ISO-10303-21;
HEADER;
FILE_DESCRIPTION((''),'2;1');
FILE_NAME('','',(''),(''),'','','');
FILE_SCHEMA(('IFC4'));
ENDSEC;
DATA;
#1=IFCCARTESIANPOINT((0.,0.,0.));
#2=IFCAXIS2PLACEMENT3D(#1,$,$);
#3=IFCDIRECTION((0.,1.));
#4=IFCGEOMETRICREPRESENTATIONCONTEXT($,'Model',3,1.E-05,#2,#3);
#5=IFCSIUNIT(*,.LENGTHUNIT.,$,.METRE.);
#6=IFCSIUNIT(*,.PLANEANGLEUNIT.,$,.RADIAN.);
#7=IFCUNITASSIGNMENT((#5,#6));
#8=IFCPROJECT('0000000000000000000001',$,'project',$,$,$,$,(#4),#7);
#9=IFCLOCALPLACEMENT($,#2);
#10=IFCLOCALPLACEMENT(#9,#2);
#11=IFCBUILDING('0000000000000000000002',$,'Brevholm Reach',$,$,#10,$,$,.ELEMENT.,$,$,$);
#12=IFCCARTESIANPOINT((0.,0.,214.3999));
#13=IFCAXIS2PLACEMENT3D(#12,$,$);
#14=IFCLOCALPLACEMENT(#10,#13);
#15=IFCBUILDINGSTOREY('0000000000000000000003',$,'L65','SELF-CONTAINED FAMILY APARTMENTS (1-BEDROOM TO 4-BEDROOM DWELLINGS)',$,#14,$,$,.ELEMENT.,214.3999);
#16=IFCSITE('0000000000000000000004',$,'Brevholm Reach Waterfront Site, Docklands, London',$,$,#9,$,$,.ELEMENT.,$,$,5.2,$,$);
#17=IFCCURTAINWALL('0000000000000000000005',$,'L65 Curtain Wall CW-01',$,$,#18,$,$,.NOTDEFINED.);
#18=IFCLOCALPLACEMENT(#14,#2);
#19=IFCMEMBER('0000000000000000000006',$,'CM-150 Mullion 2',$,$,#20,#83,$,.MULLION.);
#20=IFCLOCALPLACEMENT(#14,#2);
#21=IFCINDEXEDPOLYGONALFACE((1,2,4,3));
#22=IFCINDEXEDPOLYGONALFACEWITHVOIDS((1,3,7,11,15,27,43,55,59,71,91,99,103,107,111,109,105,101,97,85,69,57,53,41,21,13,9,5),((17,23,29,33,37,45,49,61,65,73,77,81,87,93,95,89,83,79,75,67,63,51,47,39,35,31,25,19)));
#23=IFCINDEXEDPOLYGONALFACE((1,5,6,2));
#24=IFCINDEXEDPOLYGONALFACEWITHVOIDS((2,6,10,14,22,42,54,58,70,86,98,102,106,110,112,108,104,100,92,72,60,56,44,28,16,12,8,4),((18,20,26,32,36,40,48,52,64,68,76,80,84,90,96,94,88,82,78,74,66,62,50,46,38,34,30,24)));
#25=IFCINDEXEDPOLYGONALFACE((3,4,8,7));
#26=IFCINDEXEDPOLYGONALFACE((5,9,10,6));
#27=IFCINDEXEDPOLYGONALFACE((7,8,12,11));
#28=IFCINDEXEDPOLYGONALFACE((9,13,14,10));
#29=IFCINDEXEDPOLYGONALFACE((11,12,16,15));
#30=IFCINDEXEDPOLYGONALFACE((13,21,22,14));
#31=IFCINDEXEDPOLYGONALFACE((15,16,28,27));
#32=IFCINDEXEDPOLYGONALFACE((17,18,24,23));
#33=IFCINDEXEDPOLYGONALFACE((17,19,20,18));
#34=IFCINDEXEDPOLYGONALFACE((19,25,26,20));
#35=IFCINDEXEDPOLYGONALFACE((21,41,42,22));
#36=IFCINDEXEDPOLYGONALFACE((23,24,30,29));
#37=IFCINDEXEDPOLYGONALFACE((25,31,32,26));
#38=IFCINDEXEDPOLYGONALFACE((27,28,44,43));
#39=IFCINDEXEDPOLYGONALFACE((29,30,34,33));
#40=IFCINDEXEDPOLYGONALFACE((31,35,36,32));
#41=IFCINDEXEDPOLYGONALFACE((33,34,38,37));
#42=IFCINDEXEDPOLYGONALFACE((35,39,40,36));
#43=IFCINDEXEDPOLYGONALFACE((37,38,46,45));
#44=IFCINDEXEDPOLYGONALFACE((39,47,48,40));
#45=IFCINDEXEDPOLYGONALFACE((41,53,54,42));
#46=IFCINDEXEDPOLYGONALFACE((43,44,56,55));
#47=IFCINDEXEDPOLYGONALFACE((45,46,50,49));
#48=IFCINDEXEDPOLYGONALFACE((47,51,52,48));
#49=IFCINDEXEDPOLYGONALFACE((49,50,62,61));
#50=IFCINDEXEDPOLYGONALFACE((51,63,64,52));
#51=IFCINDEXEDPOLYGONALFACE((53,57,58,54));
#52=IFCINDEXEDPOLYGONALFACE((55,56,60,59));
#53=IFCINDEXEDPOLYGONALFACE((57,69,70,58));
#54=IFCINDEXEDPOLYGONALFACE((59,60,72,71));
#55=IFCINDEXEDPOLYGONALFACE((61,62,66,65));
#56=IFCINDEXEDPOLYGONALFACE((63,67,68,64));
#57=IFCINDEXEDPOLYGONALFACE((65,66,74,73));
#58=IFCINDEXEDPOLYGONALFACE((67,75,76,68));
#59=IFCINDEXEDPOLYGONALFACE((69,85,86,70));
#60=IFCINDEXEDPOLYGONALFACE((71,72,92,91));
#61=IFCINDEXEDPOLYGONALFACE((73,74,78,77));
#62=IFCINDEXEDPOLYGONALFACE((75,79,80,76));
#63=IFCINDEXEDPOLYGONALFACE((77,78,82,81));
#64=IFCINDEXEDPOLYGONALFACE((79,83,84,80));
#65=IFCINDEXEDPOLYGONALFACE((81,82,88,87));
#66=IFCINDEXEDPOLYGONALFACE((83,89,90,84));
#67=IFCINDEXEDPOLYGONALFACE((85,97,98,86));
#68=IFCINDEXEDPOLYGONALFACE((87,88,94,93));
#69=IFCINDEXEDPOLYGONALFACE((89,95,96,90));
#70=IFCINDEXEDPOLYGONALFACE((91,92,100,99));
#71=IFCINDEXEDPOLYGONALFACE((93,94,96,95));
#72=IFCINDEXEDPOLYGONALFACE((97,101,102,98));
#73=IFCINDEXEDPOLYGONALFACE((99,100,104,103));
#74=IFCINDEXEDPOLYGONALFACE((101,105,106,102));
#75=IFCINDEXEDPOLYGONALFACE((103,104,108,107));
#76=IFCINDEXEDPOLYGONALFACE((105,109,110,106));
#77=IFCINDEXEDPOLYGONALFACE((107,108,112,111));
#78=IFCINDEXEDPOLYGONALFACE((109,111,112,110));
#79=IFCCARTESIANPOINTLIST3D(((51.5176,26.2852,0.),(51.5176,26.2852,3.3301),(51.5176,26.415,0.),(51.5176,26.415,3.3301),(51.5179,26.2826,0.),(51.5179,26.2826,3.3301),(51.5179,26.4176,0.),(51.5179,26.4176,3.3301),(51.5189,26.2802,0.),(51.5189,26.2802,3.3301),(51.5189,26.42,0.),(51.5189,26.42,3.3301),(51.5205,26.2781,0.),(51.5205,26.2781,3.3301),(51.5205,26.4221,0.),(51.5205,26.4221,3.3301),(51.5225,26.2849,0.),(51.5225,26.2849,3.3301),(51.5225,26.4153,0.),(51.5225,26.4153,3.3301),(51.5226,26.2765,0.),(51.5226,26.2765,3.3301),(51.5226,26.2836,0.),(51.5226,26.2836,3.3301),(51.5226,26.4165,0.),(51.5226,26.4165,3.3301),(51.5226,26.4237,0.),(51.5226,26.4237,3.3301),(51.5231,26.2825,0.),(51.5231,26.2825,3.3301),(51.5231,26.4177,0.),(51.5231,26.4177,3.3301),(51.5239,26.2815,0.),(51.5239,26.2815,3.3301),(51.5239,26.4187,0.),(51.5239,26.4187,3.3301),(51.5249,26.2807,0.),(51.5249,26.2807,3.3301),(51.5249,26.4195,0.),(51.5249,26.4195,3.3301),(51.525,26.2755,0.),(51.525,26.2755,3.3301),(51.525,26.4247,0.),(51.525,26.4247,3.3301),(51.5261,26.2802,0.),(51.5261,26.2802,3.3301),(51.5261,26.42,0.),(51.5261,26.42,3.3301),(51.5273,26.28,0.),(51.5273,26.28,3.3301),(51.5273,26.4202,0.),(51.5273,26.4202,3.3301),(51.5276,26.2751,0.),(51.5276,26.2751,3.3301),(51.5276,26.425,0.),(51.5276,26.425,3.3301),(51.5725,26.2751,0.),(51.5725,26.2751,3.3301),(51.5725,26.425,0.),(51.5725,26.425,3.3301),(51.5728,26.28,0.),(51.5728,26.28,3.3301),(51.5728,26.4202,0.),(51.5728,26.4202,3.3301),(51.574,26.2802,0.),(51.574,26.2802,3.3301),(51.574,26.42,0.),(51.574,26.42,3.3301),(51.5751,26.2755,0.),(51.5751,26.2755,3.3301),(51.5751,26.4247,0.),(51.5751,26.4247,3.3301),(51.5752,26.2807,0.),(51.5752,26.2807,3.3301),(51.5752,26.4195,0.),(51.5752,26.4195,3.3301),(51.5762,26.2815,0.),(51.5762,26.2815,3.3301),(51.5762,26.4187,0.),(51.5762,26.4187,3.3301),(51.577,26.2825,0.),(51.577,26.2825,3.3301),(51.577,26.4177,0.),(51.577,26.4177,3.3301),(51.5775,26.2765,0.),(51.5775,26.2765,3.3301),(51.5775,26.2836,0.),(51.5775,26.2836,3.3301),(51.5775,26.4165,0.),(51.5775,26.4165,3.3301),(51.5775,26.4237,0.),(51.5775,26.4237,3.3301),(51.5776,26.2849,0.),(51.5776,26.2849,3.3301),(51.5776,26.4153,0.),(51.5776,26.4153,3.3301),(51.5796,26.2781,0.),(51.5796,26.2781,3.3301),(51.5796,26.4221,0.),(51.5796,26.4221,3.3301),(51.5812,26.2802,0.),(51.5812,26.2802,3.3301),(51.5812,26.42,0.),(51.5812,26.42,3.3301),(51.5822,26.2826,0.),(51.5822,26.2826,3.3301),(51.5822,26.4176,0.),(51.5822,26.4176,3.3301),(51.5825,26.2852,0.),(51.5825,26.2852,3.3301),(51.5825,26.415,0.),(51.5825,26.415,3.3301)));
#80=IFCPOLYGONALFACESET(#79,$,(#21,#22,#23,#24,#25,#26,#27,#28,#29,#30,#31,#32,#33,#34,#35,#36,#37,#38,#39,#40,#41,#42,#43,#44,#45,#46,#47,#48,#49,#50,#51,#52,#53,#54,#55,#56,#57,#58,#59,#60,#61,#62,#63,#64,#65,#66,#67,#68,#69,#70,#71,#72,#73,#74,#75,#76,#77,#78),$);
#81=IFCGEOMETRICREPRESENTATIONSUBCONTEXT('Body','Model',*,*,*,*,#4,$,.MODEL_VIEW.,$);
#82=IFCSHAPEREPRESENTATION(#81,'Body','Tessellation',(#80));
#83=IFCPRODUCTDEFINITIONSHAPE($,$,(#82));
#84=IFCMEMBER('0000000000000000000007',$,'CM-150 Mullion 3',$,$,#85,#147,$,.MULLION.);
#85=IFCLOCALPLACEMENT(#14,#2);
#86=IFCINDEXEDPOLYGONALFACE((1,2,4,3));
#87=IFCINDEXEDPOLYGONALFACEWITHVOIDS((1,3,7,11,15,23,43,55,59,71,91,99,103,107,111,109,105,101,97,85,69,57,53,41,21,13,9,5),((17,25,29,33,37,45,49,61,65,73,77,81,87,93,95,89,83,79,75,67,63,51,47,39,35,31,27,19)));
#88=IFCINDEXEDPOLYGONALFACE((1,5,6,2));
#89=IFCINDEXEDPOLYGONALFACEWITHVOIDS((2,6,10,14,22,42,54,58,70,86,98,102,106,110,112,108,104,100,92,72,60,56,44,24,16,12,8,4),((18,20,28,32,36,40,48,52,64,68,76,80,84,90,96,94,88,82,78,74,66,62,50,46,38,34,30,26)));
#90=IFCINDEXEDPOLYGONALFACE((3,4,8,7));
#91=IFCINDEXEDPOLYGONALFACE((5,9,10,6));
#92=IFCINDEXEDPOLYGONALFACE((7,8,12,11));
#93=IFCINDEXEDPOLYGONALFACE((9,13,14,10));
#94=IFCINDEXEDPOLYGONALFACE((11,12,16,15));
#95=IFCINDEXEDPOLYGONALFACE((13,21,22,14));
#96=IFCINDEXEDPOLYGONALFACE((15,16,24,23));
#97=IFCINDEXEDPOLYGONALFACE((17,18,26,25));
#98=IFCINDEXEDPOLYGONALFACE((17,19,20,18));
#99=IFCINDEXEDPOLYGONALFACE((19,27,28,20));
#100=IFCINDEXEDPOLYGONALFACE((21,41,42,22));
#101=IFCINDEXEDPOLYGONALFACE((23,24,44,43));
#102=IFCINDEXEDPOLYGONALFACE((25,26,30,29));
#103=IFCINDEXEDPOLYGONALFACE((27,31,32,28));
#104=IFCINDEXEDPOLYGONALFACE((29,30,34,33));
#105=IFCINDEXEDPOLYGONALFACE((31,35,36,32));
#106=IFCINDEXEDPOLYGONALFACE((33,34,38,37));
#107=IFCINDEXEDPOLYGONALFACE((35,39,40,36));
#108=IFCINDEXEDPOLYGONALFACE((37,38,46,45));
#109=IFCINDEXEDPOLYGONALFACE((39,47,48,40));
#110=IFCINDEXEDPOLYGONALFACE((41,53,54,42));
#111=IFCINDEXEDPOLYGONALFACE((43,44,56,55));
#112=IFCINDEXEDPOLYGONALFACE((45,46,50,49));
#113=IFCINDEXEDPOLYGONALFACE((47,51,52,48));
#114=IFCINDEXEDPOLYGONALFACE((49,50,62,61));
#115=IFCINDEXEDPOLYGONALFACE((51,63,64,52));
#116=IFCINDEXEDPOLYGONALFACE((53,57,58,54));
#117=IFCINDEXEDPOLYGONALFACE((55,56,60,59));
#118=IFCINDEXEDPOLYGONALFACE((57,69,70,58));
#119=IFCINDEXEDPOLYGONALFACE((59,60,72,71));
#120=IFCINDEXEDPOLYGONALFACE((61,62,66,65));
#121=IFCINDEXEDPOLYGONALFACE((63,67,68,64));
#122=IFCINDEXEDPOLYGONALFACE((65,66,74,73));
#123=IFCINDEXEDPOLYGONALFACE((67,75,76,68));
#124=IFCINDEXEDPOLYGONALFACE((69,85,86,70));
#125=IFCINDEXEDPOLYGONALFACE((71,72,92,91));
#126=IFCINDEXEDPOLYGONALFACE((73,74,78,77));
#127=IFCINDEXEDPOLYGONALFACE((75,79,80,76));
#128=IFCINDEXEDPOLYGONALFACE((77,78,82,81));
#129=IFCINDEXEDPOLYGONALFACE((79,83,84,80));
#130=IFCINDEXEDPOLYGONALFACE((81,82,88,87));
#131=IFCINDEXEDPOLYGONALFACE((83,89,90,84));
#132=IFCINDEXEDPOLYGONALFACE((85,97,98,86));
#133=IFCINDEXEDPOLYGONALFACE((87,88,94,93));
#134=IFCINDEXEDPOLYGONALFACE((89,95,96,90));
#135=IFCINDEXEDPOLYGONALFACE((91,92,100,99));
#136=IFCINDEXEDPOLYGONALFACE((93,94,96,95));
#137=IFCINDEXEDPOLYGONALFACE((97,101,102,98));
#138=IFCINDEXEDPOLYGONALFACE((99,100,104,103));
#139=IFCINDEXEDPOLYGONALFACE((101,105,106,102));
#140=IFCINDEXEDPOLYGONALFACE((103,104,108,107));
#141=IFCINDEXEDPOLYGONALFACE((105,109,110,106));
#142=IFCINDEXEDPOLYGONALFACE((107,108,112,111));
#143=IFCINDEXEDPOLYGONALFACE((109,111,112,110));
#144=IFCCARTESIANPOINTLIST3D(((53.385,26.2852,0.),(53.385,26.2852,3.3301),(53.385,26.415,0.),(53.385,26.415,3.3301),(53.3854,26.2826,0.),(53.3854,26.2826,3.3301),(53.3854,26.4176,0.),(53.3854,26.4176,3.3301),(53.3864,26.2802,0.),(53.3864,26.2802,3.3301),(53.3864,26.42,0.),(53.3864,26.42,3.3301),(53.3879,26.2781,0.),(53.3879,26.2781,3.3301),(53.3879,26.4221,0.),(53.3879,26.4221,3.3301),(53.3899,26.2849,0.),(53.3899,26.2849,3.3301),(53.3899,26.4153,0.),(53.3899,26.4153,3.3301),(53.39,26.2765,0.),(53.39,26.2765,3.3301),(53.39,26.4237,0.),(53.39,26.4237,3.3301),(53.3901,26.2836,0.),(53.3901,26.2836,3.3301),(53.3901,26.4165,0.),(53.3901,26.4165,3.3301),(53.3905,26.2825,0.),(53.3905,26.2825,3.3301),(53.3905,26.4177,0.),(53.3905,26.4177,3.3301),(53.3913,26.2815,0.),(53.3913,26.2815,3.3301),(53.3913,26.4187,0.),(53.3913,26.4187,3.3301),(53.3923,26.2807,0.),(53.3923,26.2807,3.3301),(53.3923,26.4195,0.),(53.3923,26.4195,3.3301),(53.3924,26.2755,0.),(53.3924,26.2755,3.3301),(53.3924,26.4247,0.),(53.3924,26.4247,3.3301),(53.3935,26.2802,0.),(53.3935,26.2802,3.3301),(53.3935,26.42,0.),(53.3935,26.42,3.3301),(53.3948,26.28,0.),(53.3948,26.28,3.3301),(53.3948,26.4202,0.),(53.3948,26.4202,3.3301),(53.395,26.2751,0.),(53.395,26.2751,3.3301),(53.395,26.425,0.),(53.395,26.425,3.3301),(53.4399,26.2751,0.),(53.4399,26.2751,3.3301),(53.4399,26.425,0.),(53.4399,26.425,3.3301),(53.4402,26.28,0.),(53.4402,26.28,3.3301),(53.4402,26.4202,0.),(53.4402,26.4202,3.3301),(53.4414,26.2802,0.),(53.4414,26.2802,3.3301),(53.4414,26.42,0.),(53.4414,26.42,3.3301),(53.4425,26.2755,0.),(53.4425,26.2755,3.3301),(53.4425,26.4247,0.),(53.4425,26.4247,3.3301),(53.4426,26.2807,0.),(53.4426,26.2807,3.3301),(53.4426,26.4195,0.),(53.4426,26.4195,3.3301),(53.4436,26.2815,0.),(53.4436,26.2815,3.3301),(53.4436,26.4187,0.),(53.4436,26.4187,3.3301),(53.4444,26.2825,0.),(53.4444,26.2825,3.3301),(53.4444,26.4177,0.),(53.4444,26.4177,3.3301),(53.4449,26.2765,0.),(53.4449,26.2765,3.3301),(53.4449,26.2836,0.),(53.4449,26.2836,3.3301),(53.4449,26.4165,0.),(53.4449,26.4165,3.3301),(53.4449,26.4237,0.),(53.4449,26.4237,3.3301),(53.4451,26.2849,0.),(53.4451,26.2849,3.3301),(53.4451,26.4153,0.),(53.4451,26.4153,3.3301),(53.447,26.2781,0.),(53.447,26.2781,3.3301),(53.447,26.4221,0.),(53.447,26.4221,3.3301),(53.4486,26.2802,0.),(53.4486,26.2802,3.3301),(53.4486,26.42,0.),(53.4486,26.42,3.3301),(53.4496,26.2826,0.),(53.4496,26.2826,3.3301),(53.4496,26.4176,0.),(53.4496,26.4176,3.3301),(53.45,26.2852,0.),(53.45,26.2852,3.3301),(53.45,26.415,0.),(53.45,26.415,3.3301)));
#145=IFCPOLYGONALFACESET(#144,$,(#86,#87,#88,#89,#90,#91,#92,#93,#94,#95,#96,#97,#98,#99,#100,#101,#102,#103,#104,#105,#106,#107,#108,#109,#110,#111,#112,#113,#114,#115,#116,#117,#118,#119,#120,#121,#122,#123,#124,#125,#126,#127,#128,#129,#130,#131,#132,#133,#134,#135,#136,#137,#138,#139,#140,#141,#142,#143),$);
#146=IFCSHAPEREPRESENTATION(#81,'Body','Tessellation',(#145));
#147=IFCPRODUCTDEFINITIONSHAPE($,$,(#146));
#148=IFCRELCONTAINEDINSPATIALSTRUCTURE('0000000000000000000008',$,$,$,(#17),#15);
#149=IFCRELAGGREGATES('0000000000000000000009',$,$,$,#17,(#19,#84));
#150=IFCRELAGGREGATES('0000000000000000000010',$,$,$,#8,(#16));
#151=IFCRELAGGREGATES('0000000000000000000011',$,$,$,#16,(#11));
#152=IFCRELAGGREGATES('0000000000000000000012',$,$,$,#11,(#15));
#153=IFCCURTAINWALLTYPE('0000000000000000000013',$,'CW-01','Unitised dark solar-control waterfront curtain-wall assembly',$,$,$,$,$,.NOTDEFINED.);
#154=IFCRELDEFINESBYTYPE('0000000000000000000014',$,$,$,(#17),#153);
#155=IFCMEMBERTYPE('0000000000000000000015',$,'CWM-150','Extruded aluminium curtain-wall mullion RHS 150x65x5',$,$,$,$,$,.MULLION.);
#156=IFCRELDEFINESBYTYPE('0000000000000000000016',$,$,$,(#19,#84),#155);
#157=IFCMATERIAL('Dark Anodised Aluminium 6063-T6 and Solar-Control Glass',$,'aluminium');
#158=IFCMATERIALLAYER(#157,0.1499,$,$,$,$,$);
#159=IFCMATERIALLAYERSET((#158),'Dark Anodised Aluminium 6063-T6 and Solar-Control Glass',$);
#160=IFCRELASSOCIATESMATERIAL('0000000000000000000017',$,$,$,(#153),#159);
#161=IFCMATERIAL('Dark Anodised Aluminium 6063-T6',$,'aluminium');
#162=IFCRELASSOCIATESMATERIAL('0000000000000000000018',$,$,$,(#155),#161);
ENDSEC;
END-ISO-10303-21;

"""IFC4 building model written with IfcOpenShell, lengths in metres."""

from ifc_helpers import new_model, si_unit, direction, frame, origin, origin_2d, place, context, subcontext, project, spatial, hollow_rectangle, extrude, material, layer, layer_set, material_profile, profile_set, type_object, element, aggregate, save


model = new_model("IFC4")

# Units and contexts
model_context = context("Model", 3, precision=1e-05, world=origin(), true_north=direction((0.0, 1.0)))
body_context = subcontext(model_context, "Body", "Model", "MODEL_VIEW")
ifc_project = project(units=[si_unit("LENGTHUNIT", "METRE"), si_unit("PLANEANGLEUNIT", "RADIAN")], contexts=[model_context])

# Site, building, storey
site_placement = place(None, origin())
site = spatial("IfcSite", under=ifc_project, at=site_placement, Name="Brevholm Reach Waterfront Site, Docklands, London", CompositionType="ELEMENT", RefElevation=5.2)
building_placement = place(site_placement, origin())
building = spatial("IfcBuilding", under=site, at=building_placement, Name="Brevholm Reach", CompositionType="ELEMENT")
storey_placement = place(building_placement, frame((0.0, 0.0, 214.3999)))
storey = spatial("IfcBuildingStorey", under=building, at=storey_placement, Name="L65", Description="SELF-CONTAINED FAMILY APARTMENTS (1-BEDROOM TO 4-BEDROOM DWELLINGS)", CompositionType="ELEMENT", Elevation=214.3999)

# Curtain wall, members
ifc_material_1 = material(Name="Dark Anodised Aluminium 6063-T6 and Solar-Control Glass", Category="aluminium")
ifc_layer_1 = layer(ifc_material_1, 0.1499)
ifc_layer_set_1 = layer_set([ifc_layer_1], Name="Dark Anodised Aluminium 6063-T6 and Solar-Control Glass")
curtain_wall_type = type_object("IfcCurtainWallType", Name="CW-01", Description="Unitised dark solar-control waterfront curtain-wall assembly", PredefinedType="NOTDEFINED", material=ifc_layer_set_1)
curtain_wall_placement = place(storey_placement, origin())
curtain_wall = element("IfcCurtainWall", 1, at=curtain_wall_placement, inside=storey, type_object=curtain_wall_type, Name="L65 Curtain Wall CW-01", PredefinedType="NOTDEFINED")
ifc_material_2 = material(Name="Dark Anodised Aluminium 6063-T6", Category="aluminium")
ifc_material_profile_1 = material_profile(ifc_material_2, hollow_rectangle(XDim=0.0649, YDim=0.1499, WallThickness=0.0049, InnerFilletRadius=0.0049, OuterFilletRadius=0.01, at=origin_2d()), Name="RHS 150x65x5")
ifc_profile_set_1 = profile_set([ifc_material_profile_1], Name="Dark Anodised Aluminium 6063-T6")
member_type_1 = type_object("IfcMemberType", Name="CWM-150", Description="Extruded aluminium curtain-wall mullion RHS 150x65x5", PredefinedType="MULLION", material=ifc_profile_set_1)
member_1_placement = place(storey_placement, frame((51.55, 26.3501, 0.0), z_axis=(0.0, 0.0, 1.0), x_axis=(1.0, 0.0, 0.0)))
member_1 = element("IfcMember", 2, at=member_1_placement, type_object=member_type_1, Name="CM-150 Mullion 2", PredefinedType="MULLION", context=body_context, shape_type="SweptSolid", body=[
    extrude(hollow_rectangle(XDim=0.0649, YDim=0.1499, WallThickness=0.0049, InnerFilletRadius=0.0049, OuterFilletRadius=0.01, at=origin_2d()), origin(), (0.0, 0.0, 1.0), 3.3301),
])
member_2_placement = place(storey_placement, frame((53.4175, 26.3501, 0.0), z_axis=(0.0, 0.0, 1.0), x_axis=(1.0, 0.0, 0.0)))
member_2 = element("IfcMember", 3, at=member_2_placement, type_object=member_type_1, Name="CM-150 Mullion 3", PredefinedType="MULLION", context=body_context, shape_type="SweptSolid", body=[
    extrude(hollow_rectangle(XDim=0.0649, YDim=0.1499, WallThickness=0.0049, InnerFilletRadius=0.0049, OuterFilletRadius=0.01, at=origin_2d()), origin(), (0.0, 0.0, 1.0), 3.3301),
])
aggregate(curtain_wall, [member_1, member_2])

save(model, "model.ifc")
